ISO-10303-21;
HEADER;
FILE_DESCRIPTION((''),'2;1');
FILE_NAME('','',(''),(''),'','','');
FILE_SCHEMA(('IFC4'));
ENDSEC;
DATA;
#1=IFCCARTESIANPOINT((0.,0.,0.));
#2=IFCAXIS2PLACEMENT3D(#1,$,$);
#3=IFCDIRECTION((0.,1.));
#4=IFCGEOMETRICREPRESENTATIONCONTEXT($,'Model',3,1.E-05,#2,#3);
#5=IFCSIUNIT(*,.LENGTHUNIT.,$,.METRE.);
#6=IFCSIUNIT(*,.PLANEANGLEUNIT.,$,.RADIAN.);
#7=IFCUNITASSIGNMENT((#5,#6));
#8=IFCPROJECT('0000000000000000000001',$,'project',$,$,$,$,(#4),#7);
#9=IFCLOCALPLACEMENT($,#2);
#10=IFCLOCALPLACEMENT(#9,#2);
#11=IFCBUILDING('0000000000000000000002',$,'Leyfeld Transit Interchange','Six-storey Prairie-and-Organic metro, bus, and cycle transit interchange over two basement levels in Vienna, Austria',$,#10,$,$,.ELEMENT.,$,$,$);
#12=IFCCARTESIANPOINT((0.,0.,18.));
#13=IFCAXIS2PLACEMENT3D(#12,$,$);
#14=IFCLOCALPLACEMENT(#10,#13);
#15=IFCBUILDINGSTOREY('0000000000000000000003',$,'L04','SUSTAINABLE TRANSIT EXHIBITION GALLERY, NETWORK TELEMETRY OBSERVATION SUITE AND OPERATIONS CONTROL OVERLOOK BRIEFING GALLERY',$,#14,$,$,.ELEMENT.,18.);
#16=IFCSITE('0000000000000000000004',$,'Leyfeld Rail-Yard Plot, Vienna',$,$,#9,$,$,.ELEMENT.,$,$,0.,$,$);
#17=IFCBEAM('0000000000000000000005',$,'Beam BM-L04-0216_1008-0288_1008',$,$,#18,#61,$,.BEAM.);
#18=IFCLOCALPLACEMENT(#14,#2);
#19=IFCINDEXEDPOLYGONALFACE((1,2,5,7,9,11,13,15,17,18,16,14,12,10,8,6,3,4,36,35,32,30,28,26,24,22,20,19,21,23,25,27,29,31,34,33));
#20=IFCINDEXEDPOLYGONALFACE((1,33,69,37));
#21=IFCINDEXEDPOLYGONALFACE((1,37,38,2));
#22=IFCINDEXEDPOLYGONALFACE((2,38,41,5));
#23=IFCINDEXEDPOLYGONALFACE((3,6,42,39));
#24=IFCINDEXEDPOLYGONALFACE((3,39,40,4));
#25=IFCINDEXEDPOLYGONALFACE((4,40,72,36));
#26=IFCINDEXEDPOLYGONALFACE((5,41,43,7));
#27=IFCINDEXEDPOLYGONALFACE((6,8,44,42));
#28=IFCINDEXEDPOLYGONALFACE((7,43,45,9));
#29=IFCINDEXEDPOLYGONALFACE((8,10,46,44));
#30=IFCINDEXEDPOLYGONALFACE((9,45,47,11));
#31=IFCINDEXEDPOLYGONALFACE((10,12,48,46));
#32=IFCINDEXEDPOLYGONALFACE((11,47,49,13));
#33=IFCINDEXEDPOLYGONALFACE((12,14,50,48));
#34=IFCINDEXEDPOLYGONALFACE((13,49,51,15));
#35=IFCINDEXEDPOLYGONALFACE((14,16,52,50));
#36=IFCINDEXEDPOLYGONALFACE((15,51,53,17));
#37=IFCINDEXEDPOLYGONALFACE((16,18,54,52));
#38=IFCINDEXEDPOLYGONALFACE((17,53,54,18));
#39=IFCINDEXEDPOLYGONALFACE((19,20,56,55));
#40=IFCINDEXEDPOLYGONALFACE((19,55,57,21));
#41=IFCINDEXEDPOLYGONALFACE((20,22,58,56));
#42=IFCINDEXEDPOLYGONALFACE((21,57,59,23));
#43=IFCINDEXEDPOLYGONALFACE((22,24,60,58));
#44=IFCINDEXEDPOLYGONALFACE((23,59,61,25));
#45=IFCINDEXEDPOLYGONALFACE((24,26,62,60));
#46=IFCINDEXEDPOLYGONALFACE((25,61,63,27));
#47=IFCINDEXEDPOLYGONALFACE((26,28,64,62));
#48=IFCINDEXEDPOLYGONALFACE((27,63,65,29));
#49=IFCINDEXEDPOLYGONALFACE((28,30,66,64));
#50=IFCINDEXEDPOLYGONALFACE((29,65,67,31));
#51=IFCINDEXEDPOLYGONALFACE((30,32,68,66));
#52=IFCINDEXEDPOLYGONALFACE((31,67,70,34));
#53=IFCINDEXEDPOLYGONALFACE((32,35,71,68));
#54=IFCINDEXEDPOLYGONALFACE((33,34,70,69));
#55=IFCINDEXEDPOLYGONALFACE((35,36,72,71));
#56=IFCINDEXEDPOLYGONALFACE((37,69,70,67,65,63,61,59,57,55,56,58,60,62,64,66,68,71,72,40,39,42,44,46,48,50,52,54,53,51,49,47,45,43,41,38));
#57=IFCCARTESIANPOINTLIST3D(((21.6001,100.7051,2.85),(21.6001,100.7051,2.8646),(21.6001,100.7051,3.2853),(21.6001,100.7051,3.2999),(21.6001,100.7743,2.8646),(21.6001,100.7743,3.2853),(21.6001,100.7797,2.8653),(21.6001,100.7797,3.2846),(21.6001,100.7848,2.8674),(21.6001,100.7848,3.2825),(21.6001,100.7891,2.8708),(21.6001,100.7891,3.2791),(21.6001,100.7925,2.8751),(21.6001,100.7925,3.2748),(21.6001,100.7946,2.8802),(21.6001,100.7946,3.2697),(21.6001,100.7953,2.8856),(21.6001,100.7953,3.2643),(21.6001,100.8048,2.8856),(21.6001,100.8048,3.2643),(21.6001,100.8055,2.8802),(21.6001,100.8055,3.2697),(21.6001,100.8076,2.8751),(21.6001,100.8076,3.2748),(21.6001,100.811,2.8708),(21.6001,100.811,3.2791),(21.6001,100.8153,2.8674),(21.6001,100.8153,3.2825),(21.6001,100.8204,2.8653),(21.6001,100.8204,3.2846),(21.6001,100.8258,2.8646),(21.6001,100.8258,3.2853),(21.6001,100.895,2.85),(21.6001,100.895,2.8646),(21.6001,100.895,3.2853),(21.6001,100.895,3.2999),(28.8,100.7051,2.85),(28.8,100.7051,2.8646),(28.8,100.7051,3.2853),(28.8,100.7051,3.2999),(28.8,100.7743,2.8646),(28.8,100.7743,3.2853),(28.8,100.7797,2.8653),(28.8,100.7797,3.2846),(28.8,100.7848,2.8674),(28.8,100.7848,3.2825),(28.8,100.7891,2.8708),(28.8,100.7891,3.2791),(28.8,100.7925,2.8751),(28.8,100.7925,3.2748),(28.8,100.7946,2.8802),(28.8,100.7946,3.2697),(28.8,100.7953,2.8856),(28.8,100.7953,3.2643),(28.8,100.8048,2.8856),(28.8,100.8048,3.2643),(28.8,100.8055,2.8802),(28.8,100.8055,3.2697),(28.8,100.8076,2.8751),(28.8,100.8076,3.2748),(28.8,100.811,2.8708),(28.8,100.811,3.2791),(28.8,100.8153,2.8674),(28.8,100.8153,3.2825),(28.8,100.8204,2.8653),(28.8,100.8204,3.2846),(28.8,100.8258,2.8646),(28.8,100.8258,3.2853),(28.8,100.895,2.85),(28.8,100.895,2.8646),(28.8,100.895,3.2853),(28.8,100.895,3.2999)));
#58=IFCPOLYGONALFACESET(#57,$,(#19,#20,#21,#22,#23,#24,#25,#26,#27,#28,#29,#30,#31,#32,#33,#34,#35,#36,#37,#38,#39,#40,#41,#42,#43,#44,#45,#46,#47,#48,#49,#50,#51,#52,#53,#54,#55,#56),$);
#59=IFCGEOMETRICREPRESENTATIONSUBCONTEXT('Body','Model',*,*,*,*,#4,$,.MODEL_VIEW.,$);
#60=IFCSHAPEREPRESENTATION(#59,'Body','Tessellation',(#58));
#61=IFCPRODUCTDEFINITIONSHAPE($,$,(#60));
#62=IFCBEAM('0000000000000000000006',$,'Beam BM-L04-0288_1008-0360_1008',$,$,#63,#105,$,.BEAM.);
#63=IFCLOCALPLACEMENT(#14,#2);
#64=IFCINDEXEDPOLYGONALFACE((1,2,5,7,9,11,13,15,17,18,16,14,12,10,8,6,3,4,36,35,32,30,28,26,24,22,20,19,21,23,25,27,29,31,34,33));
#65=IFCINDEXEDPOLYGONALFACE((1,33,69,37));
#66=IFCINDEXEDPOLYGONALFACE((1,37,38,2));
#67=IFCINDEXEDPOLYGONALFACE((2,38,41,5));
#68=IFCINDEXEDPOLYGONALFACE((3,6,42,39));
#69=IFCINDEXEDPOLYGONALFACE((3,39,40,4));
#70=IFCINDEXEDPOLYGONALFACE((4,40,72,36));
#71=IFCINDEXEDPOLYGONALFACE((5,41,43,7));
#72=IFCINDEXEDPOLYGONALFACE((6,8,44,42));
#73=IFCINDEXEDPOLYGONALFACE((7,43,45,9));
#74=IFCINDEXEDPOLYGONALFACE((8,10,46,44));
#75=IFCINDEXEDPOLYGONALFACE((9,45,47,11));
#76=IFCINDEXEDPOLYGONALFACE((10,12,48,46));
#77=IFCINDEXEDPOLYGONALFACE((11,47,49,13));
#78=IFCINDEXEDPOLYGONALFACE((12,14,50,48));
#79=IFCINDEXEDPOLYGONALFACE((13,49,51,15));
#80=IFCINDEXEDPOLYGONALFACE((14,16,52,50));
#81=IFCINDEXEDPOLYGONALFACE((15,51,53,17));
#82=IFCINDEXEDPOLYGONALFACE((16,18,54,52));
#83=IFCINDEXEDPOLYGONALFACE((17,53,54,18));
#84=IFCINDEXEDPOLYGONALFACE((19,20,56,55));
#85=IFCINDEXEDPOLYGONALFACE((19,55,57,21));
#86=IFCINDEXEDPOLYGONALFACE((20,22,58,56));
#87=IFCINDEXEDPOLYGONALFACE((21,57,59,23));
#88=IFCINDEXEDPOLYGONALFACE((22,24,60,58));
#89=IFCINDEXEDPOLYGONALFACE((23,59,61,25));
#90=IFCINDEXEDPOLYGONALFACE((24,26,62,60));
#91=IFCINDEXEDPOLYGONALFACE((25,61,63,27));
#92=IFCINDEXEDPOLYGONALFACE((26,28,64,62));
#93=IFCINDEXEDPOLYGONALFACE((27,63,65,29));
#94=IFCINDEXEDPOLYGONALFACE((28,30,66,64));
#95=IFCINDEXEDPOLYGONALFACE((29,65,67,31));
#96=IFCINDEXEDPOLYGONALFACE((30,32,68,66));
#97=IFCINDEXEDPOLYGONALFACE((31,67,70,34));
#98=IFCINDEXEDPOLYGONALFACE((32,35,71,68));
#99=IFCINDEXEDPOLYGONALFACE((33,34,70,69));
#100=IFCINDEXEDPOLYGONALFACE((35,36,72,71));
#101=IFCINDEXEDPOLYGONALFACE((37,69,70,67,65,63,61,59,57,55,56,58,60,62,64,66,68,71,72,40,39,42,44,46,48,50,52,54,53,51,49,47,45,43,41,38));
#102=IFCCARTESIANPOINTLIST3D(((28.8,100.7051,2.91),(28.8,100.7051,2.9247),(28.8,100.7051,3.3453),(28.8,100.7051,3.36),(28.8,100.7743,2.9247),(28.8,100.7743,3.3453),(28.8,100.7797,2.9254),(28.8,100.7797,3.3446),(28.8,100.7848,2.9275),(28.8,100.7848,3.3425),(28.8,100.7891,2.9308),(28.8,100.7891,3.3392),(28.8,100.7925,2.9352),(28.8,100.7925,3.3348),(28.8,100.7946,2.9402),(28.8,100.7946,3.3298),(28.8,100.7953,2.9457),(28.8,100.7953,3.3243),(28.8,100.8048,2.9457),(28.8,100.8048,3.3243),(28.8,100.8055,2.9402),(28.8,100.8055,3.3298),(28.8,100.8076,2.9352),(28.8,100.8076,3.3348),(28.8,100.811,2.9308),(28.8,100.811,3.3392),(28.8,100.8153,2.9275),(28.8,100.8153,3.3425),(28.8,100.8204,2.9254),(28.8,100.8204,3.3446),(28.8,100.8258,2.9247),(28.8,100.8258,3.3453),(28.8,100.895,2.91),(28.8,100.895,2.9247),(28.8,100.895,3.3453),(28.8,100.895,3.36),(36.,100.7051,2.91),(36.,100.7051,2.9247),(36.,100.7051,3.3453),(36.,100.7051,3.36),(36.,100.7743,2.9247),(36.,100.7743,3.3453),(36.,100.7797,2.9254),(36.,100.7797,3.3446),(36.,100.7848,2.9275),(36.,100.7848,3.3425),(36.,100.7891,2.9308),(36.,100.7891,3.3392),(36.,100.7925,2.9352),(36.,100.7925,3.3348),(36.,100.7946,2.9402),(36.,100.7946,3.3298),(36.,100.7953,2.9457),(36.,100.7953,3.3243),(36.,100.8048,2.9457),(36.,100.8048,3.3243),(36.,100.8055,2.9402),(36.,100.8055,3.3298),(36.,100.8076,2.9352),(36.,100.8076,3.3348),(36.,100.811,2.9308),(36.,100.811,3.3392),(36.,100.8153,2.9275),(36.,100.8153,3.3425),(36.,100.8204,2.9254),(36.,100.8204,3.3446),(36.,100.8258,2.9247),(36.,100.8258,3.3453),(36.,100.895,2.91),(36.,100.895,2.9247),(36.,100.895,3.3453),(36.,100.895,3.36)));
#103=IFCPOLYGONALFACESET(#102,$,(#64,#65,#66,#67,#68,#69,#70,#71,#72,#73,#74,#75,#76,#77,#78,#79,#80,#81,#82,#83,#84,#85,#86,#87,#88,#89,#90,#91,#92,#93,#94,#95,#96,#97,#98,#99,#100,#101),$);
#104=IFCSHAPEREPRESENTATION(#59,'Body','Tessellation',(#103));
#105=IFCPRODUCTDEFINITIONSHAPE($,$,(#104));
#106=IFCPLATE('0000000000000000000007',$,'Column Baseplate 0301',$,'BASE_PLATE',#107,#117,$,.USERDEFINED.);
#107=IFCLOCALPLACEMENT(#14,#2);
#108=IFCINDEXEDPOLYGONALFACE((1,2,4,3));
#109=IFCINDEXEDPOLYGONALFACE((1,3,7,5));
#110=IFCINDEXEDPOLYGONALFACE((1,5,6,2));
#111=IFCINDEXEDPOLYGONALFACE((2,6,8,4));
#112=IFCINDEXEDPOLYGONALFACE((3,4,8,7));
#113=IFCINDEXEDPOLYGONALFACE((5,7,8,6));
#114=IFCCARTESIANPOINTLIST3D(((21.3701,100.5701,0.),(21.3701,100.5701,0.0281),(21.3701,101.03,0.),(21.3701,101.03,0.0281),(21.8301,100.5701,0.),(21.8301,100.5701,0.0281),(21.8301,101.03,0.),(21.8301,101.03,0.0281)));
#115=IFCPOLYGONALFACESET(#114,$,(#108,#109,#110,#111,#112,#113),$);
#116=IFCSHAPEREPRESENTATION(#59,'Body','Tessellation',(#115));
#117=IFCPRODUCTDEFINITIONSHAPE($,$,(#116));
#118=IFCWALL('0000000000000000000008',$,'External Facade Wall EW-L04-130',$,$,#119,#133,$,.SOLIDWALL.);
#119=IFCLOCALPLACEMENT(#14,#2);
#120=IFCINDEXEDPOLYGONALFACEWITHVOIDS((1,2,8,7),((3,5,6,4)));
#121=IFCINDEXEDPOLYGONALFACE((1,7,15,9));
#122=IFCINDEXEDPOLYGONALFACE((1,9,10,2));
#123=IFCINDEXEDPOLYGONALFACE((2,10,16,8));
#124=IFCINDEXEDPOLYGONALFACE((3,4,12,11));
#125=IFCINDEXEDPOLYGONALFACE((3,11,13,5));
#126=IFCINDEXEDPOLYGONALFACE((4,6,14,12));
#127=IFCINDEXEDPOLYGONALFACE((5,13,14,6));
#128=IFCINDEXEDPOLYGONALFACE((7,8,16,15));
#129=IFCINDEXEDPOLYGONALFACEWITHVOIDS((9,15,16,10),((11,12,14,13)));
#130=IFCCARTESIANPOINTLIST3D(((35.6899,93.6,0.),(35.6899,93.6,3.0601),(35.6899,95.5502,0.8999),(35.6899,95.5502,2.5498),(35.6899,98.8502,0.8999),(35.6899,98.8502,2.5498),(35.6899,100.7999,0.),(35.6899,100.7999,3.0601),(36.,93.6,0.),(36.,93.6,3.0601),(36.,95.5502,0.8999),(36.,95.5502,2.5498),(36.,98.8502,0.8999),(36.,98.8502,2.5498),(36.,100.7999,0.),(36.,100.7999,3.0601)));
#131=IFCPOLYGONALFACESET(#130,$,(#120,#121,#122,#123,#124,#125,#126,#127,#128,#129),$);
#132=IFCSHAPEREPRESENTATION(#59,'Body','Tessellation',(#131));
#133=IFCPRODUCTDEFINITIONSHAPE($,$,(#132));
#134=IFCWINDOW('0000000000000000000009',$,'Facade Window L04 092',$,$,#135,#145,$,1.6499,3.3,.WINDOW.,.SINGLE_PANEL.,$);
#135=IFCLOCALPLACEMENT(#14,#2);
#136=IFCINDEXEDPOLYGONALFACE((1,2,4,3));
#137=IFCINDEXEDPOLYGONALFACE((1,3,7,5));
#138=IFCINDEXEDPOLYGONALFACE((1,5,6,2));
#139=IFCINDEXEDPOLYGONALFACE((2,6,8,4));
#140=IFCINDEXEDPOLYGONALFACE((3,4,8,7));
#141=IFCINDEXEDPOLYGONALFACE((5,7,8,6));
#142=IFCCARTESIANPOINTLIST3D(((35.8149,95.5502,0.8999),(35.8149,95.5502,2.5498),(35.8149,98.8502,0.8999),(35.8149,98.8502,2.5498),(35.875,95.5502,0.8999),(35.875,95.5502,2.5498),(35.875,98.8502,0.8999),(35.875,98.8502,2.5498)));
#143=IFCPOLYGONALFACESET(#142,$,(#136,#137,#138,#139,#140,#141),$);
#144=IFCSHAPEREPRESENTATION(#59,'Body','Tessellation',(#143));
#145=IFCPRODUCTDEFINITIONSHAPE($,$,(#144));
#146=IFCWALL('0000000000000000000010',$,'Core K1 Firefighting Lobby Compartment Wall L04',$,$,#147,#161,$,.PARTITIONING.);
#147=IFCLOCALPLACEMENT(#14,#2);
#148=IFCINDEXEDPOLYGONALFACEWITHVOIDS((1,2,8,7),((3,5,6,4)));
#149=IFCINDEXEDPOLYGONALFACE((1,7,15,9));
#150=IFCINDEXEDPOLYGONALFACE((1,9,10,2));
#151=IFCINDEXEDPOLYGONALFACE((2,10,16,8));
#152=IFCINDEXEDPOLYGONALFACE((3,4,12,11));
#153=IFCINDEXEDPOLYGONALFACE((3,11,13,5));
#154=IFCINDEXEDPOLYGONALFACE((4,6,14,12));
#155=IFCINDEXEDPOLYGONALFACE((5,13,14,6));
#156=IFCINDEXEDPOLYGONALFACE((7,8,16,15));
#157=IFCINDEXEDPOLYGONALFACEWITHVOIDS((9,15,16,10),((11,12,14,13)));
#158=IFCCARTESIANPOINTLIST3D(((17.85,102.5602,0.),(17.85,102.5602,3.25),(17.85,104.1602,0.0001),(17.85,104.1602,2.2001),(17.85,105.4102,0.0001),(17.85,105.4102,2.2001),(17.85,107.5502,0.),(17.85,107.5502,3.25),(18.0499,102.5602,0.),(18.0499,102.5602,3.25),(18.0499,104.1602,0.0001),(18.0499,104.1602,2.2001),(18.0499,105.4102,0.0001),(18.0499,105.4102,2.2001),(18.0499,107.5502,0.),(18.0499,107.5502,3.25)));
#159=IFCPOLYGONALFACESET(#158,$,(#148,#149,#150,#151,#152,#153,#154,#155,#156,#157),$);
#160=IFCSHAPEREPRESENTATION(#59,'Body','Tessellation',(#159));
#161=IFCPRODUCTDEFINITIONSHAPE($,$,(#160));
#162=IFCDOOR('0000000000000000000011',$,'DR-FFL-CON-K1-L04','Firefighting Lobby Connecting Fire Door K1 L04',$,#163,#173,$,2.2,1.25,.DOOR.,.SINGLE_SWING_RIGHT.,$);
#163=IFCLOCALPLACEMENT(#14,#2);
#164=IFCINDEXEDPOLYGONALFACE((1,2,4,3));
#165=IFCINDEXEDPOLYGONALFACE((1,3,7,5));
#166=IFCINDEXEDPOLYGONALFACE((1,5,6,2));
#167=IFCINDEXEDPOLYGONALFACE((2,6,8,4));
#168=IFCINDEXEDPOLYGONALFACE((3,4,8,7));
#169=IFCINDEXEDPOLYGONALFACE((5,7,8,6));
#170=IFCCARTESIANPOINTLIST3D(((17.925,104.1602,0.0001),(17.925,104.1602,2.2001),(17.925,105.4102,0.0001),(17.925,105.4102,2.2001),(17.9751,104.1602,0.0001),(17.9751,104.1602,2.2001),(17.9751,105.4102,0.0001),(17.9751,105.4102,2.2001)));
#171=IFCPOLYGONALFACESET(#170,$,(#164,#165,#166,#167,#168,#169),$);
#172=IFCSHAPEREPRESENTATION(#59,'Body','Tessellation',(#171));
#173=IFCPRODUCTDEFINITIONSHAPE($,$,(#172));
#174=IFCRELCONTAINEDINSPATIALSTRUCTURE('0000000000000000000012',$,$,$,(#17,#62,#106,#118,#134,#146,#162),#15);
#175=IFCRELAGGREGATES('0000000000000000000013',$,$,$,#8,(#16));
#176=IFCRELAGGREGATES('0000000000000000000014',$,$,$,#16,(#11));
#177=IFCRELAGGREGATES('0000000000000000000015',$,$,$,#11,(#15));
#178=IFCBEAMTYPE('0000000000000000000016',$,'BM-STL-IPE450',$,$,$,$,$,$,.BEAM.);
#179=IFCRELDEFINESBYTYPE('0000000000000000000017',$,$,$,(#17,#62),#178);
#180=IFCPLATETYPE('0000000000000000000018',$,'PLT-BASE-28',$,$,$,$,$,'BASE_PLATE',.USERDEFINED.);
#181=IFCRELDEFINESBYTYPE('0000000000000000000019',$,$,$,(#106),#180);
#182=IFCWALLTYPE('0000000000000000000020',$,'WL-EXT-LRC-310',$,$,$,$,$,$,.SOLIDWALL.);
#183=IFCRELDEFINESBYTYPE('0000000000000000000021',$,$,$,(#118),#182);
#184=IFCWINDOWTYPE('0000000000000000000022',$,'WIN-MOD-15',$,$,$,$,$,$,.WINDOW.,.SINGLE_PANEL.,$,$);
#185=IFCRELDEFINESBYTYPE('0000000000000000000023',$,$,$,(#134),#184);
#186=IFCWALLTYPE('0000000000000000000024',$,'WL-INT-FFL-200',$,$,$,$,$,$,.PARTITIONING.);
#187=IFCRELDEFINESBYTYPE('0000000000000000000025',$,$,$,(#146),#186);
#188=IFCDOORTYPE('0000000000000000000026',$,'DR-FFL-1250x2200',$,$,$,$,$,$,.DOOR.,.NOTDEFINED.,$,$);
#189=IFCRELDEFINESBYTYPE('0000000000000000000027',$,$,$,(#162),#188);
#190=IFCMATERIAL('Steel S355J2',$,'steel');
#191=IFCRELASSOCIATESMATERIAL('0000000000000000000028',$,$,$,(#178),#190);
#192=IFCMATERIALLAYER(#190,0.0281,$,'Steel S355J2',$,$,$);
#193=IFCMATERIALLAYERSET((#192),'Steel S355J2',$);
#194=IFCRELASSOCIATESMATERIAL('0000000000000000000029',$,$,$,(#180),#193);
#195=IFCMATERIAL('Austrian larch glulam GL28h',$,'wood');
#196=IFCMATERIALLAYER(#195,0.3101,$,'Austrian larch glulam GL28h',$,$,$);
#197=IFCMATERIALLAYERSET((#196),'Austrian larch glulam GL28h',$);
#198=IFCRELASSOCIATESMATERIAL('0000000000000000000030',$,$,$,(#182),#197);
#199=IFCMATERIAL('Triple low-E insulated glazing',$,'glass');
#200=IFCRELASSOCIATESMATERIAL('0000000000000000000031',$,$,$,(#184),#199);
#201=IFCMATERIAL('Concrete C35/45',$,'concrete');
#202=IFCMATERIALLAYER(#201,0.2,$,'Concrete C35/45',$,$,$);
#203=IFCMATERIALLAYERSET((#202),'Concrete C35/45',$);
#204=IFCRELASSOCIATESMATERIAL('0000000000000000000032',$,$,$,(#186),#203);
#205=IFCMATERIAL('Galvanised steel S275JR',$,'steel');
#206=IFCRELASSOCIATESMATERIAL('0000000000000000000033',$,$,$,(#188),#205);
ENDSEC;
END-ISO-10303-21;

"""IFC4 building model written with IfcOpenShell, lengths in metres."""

from ifc_helpers import new_model, si_unit, direction, frame, frame_2d, origin, origin_2d, place, context, subcontext, project, spatial, rectangle, i_section, extrude, material, layer, layer_set, material_profile, profile_set, type_object, element, fill, save


model = new_model("IFC4")

# Units and contexts
model_context = context("Model", 3, precision=1e-05, world=origin(), true_north=direction((0.0, 1.0)))
body_context = subcontext(model_context, "Body", "Model", "MODEL_VIEW")
ifc_project = project(units=[si_unit("LENGTHUNIT", "METRE"), si_unit("PLANEANGLEUNIT", "RADIAN")], contexts=[model_context])

# Site, building, storey
site_placement = place(None, origin())
site = spatial("IfcSite", under=ifc_project, at=site_placement, Name="Leyfeld Rail-Yard Plot, Vienna", CompositionType="ELEMENT", RefElevation=0.0)
building_placement = place(site_placement, origin())
building = spatial("IfcBuilding", under=site, at=building_placement, Name="Leyfeld Transit Interchange", Description="Six-storey Prairie-and-Organic metro, bus, and cycle transit interchange over two basement levels in Vienna, Austria", CompositionType="ELEMENT")
storey_placement = place(building_placement, frame((0.0, 0.0, 18.0)))
storey = spatial("IfcBuildingStorey", under=building, at=storey_placement, Name="L04", Description="SUSTAINABLE TRANSIT EXHIBITION GALLERY, NETWORK TELEMETRY OBSERVATION SUITE AND OPERATIONS CONTROL OVERLOOK BRIEFING GALLERY", CompositionType="ELEMENT", Elevation=18.0)

# Shared definitions
ifc_material_1 = material(Name="Steel S355J2", Category="steel")

# Beams
ifc_material_profile_1 = material_profile(ifc_material_1, i_section(OverallWidth=0.1899, OverallDepth=0.45, WebThickness=0.0095, FlangeThickness=0.0146, FilletRadius=0.021, at=origin_2d()), Name="IPE 450")
ifc_profile_set_1 = profile_set([ifc_material_profile_1], Name="Steel S355J2")
beam_type_1 = type_object("IfcBeamType", Name="BM-STL-IPE450", PredefinedType="BEAM", material=ifc_profile_set_1)
for number, where, z_axis, x_axis, name in (
    (1, (21.6001, 100.8, 3.075), (1.0, 0.0, 0.0), (0.0, 1.0, 0.0), "Beam BM-L04-0216_1008-0288_1008"),
    (2, (28.8, 100.8, 3.135), (1.0, 0.0, 0.0), (0.0, 1.0, 0.0), "Beam BM-L04-0288_1008-0360_1008"),
):
    element("IfcBeam", number, at=place(storey_placement, frame(where, z_axis=z_axis, x_axis=x_axis)), inside=storey, type_object=beam_type_1, Name=name, PredefinedType="BEAM", context=body_context, shape_type="SweptSolid", body=[
        extrude(i_section(OverallWidth=0.1899, OverallDepth=0.45, WebThickness=0.0095, FlangeThickness=0.0146, FilletRadius=0.021, at=origin_2d()), origin(), (0.0, 0.0, 1.0), 7.2),
    ])

# Plate
ifc_layer_1 = layer(ifc_material_1, 0.0281, Name="Steel S355J2")
ifc_layer_set_1 = layer_set([ifc_layer_1], Name="Steel S355J2")
plate_type = type_object("IfcPlateType", Name="PLT-BASE-28", ElementType="BASE_PLATE", PredefinedType="USERDEFINED", material=ifc_layer_set_1)
plate_placement = place(storey_placement, frame((21.6001, 100.8, 0.0), z_axis=(0.0, 0.0, 1.0), x_axis=(1.0, 0.0, 0.0)))
element("IfcPlate", 3, at=plate_placement, inside=storey, type_object=plate_type, Name="Column Baseplate 0301", ObjectType="BASE_PLATE", PredefinedType="USERDEFINED", context=body_context, shape_type="SweptSolid", body=[
    extrude(rectangle(XDim=0.46, YDim=0.46, at=origin_2d()), origin(), (0.0, 0.0, 1.0), 0.0281),
])

# Wall, opening, window
ifc_material_2 = material(Name="Austrian larch glulam GL28h", Category="wood")
ifc_layer_2 = layer(ifc_material_2, 0.3101, Name="Austrian larch glulam GL28h")
ifc_layer_set_2 = layer_set([ifc_layer_2], Name="Austrian larch glulam GL28h")
wall_type_1 = type_object("IfcWallType", Name="WL-EXT-LRC-310", PredefinedType="SOLIDWALL", material=ifc_layer_set_2)
wall_1_placement = place(storey_placement, frame((35.845, 100.8, 0.0), z_axis=(0.0, 0.0, 1.0), x_axis=(0.0, -1.0, 0.0)))
wall_1 = element("IfcWall", 4, at=wall_1_placement, inside=storey, type_object=wall_type_1, Name="External Facade Wall EW-L04-130", PredefinedType="SOLIDWALL", context=body_context, shape_type="SweptSolid", body=[
    extrude(rectangle(XDim=7.2, YDim=0.3101, at=frame_2d((3.6001, 0.0))), origin(), (0.0, 0.0, 1.0), 3.0601),
])
opening_1_placement = place(wall_1_placement, frame((1.95, 0.0, 0.8999)))
opening_1 = element("IfcOpeningElement", 5, at=opening_1_placement, cuts=wall_1, PredefinedType="OPENING", context=body_context, shape_type="SweptSolid", body=[
    extrude(rectangle(XDim=3.3, YDim=1.6499, at=frame_2d((1.6499, 0.825))), frame((0.0, 0.165, 0.0), z_axis=(0.0, -1.0, 0.0), x_axis=(1.0, 0.0, 0.0)), (0.0, 0.0, 1.0), 0.3301),
])
ifc_material_3 = material(Name="Triple low-E insulated glazing", Category="glass")
window_type = type_object("IfcWindowType", Name="WIN-MOD-15", PartitioningType="SINGLE_PANEL", PredefinedType="WINDOW", material=ifc_material_3)
window_placement = place(opening_1_placement, origin())
window = element("IfcWindow", 6, at=window_placement, inside=storey, type_object=window_type, Name="Facade Window L04 092", OverallHeight=1.6499, OverallWidth=3.3, PartitioningType="SINGLE_PANEL", PredefinedType="WINDOW", context=body_context, shape_type="SweptSolid", body=[
    extrude(rectangle(XDim=3.3, YDim=1.6499, at=frame_2d((1.6499, 0.825))), frame((0.0, 0.03, 0.0), z_axis=(0.0, -1.0, 0.0), x_axis=(1.0, 0.0, 0.0)), (0.0, 0.0, 1.0), 0.0601),
])
fill(opening_1, window)

# Wall, opening, door
ifc_material_4 = material(Name="Concrete C35/45", Category="concrete")
ifc_layer_3 = layer(ifc_material_4, 0.2, Name="Concrete C35/45")
ifc_layer_set_3 = layer_set([ifc_layer_3], Name="Concrete C35/45")
wall_type_2 = type_object("IfcWallType", Name="WL-INT-FFL-200", PredefinedType="PARTITIONING", material=ifc_layer_set_3)
wall_2_placement = place(storey_placement, frame((17.95, 102.5601, 0.0), z_axis=(0.0, 0.0, 1.0), x_axis=(0.0, 1.0, 0.0)))
wall_2 = element("IfcWall", 7, at=wall_2_placement, inside=storey, type_object=wall_type_2, Name="Core K1 Firefighting Lobby Compartment Wall L04", PredefinedType="PARTITIONING", context=body_context, shape_type="SweptSolid", body=[
    extrude(rectangle(XDim=4.99, YDim=0.2, at=frame_2d((2.4951, 0.0))), origin(), (0.0, 0.0, 1.0), 3.25),
])
opening_2_placement = place(wall_2_placement, frame((1.6001, 0.0, 0.0)))
opening_2 = element("IfcOpeningElement", 8, at=opening_2_placement, cuts=wall_2, PredefinedType="OPENING", context=body_context, shape_type="SweptSolid", body=[
    extrude(rectangle(XDim=1.25, YDim=2.2, at=frame_2d((0.625, 1.1001))), frame((0.0, 0.1099, 0.0), z_axis=(0.0, -1.0, 0.0), x_axis=(1.0, 0.0, 0.0)), (0.0, 0.0, 1.0), 0.22),
])
ifc_material_5 = material(Name="Galvanised steel S275JR", Category="steel")
door_type_1 = type_object("IfcDoorType", Name="DR-FFL-1250x2200", OperationType="NOTDEFINED", PredefinedType="DOOR", material=ifc_material_5)
door_1_placement = place(opening_2_placement, origin())
door_1 = element("IfcDoor", 9, at=door_1_placement, inside=storey, type_object=door_type_1, Name="DR-FFL-CON-K1-L04", Description="Firefighting Lobby Connecting Fire Door K1 L04", OperationType="SINGLE_SWING_RIGHT", OverallHeight=2.2, OverallWidth=1.25, PredefinedType="DOOR", context=body_context, shape_type="SweptSolid", body=[
    extrude(rectangle(XDim=1.25, YDim=2.2, at=frame_2d((0.625, 1.1001))), frame((0.0, 0.0249, 0.0), z_axis=(0.0, -1.0, 0.0), x_axis=(1.0, 0.0, 0.0)), (0.0, 0.0, 1.0), 0.05),
])
fill(opening_2, door_1)

save(model, "model.ifc")
